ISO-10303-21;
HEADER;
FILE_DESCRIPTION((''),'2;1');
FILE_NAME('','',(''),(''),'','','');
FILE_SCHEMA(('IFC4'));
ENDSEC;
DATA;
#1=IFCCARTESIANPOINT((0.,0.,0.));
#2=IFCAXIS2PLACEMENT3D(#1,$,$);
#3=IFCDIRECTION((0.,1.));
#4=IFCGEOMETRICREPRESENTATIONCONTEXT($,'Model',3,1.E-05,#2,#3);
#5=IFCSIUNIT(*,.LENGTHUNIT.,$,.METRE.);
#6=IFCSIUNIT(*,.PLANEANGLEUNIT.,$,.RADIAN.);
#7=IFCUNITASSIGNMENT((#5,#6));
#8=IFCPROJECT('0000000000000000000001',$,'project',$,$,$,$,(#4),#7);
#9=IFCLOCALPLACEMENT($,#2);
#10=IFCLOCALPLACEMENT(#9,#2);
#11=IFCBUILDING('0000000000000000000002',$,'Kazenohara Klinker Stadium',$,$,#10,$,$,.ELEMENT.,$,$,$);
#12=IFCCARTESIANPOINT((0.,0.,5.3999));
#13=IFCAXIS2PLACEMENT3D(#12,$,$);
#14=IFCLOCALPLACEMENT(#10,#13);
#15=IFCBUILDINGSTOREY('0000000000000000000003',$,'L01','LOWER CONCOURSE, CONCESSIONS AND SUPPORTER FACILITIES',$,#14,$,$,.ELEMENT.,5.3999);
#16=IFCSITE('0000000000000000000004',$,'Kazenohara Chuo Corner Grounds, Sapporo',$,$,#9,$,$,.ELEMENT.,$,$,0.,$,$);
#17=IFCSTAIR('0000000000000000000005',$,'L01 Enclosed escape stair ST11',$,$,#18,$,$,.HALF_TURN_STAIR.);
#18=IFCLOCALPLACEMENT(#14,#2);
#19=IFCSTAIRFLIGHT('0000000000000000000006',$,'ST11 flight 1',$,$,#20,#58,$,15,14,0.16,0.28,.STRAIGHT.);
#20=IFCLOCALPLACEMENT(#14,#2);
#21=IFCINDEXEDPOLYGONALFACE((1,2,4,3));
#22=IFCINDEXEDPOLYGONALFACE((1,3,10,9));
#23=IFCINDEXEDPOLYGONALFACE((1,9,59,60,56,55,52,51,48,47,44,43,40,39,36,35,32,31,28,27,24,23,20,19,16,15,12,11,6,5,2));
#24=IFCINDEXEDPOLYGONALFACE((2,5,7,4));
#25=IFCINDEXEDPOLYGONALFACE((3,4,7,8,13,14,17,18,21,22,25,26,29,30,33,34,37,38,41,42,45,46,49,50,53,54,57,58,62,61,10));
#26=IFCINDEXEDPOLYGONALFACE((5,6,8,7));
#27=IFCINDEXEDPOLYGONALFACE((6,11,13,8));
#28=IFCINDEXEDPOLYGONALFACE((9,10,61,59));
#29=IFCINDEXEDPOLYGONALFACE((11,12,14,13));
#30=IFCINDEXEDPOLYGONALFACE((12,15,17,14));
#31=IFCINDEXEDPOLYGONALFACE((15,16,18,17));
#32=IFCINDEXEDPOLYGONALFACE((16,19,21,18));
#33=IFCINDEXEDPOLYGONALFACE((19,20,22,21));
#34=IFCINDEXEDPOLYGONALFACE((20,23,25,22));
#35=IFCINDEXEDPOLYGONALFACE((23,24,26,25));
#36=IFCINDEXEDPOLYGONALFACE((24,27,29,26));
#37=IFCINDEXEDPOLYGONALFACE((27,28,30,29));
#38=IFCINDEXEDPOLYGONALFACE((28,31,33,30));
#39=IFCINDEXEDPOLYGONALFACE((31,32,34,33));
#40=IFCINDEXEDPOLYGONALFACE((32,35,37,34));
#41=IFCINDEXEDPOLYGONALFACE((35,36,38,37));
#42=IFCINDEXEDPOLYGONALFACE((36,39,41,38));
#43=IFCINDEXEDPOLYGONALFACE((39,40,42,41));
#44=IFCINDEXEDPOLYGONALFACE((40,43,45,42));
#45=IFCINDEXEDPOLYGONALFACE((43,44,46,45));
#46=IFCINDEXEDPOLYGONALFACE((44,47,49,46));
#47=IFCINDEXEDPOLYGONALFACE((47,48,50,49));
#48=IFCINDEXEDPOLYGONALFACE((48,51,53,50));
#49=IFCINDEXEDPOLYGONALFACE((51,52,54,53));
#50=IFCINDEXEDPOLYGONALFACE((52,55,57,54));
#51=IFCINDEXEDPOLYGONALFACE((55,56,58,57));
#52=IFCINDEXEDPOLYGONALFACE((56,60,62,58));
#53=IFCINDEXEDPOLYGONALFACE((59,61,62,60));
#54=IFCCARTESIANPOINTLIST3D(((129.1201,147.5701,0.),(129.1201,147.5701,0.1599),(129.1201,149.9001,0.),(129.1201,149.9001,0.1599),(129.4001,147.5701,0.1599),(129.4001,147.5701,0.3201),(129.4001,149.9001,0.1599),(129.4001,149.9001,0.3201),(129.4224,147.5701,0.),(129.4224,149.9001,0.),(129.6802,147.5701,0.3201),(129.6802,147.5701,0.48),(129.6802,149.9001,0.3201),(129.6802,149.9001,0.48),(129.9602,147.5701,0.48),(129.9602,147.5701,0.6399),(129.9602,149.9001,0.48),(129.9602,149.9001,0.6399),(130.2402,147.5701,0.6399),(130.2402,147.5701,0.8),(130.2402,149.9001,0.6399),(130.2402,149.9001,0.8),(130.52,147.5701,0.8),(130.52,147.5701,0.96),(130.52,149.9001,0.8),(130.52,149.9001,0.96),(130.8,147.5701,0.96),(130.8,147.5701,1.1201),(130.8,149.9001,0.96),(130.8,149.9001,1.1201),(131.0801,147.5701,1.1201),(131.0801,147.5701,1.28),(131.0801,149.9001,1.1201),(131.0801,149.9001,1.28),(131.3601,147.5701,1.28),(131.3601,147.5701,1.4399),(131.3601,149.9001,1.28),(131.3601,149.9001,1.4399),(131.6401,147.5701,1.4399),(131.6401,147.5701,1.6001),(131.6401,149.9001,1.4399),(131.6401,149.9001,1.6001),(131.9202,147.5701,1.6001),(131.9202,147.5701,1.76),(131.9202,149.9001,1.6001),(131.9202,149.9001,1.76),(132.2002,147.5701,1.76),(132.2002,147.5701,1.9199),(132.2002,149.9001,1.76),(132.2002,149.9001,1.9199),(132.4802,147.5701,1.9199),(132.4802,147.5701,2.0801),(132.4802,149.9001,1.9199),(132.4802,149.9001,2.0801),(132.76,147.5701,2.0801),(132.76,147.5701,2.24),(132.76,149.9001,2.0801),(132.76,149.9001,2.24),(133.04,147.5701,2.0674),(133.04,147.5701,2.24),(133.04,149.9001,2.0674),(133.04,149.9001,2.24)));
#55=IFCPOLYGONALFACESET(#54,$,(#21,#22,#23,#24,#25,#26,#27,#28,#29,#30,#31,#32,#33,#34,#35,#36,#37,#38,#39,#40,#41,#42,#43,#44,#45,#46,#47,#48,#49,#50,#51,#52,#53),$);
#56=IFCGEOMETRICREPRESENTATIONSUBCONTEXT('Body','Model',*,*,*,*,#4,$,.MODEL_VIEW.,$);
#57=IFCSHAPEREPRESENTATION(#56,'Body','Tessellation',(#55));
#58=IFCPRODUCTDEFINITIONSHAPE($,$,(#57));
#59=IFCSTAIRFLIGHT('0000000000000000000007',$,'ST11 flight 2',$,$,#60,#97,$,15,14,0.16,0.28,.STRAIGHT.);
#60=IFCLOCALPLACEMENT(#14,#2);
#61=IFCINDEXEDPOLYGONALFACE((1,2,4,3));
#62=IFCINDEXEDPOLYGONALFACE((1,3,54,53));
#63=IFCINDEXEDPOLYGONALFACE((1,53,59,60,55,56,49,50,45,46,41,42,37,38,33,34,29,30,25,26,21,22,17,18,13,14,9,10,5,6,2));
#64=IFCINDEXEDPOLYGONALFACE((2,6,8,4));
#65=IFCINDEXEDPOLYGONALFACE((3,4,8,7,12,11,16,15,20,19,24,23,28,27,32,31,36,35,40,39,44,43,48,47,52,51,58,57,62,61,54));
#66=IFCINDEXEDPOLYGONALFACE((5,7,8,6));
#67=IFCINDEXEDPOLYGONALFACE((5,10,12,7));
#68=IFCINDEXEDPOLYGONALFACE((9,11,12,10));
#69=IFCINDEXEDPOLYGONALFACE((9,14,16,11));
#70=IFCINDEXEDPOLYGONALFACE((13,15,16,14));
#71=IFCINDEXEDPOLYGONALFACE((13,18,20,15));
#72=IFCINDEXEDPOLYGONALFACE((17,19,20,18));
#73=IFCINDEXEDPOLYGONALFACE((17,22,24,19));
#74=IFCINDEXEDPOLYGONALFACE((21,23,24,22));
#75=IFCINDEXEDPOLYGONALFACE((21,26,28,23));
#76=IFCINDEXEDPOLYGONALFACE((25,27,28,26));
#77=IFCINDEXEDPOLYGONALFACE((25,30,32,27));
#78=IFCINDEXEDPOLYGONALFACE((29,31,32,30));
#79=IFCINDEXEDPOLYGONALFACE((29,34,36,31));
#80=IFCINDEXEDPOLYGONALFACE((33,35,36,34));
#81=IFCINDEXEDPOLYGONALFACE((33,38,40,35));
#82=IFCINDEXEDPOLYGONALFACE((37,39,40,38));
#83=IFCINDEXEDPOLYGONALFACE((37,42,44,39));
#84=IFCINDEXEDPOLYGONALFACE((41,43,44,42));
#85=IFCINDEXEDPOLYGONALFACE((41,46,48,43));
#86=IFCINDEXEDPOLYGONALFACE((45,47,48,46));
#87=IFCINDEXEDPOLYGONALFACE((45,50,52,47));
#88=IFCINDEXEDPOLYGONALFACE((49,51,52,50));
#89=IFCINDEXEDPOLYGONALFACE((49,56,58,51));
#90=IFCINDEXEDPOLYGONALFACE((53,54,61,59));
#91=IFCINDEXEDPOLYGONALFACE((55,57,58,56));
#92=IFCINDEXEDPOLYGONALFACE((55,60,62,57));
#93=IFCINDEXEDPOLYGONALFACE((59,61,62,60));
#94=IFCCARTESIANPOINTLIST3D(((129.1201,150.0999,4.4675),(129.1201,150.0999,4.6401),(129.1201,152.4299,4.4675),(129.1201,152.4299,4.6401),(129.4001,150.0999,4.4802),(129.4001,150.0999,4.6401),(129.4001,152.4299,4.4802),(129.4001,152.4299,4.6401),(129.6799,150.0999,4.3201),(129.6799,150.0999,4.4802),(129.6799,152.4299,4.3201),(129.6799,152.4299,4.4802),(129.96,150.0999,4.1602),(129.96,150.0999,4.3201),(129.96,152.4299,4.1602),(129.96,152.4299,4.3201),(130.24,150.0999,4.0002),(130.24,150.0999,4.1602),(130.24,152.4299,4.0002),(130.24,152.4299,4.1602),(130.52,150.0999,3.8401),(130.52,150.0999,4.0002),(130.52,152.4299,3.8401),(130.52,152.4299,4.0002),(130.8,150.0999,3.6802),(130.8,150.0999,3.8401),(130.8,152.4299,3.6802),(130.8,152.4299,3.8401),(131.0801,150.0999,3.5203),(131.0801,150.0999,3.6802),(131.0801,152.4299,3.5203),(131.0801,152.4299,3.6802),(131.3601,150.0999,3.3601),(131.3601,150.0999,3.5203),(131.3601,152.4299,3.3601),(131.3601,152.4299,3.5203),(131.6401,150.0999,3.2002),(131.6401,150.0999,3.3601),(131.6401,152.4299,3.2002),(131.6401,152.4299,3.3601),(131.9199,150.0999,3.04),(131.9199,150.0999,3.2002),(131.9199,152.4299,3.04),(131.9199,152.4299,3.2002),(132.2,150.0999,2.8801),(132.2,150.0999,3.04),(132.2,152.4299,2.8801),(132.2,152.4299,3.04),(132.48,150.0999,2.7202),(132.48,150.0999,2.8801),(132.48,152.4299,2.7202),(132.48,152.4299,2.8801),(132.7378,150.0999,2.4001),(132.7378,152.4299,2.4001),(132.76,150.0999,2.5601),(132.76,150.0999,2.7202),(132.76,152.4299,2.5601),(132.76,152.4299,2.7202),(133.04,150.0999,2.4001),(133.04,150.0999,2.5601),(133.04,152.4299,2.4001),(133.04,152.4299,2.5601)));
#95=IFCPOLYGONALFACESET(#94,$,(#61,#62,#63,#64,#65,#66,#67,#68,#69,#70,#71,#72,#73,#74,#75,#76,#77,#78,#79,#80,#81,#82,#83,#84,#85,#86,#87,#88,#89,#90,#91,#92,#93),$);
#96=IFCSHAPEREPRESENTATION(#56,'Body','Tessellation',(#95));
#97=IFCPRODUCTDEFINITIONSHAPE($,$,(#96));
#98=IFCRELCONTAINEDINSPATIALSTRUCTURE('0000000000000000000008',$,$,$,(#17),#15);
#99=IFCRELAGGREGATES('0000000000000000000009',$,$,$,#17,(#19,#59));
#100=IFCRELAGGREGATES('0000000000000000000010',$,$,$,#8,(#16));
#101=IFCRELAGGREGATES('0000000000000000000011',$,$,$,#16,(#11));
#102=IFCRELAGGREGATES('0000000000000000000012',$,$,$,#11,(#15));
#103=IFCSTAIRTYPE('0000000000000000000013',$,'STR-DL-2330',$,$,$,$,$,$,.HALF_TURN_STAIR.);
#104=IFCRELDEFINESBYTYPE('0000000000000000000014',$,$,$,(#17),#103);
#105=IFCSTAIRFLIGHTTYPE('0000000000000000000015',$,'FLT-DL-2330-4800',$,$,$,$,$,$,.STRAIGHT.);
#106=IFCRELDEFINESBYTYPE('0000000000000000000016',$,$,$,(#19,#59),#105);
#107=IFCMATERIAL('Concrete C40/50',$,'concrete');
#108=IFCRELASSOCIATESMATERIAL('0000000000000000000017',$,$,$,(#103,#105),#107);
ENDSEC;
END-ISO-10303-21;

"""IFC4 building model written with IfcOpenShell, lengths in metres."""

from ifc_helpers import new_model, si_unit, direction, frame, origin, place, context, subcontext, project, spatial, polyline, outline, extrude, material, type_object, element, aggregate, save


model = new_model("IFC4")

# Units and contexts
model_context = context("Model", 3, precision=1e-05, world=origin(), true_north=direction((0.0, 1.0)))
body_context = subcontext(model_context, "Body", "Model", "MODEL_VIEW")
ifc_project = project(units=[si_unit("LENGTHUNIT", "METRE"), si_unit("PLANEANGLEUNIT", "RADIAN")], contexts=[model_context])

# Site, building, storey
site_placement = place(None, origin())
site = spatial("IfcSite", under=ifc_project, at=site_placement, Name="Kazenohara Chuo Corner Grounds, Sapporo", CompositionType="ELEMENT", RefElevation=0.0)
building_placement = place(site_placement, origin())
building = spatial("IfcBuilding", under=site, at=building_placement, Name="Kazenohara Klinker Stadium", CompositionType="ELEMENT")
storey_placement = place(building_placement, frame((0.0, 0.0, 5.3999)))
storey = spatial("IfcBuildingStorey", under=building, at=storey_placement, Name="L01", Description="LOWER CONCOURSE, CONCESSIONS AND SUPPORTER FACILITIES", CompositionType="ELEMENT", Elevation=5.3999)

# Shared definitions
ifc_material_1 = material(Name="Concrete C40/50", Category="concrete")

# Stair, stair flights
stair_type = type_object("IfcStairType", Name="STR-DL-2330", PredefinedType="HALF_TURN_STAIR", material=ifc_material_1)
stair_placement = place(storey_placement, origin())
stair = element("IfcStair", 1, at=stair_placement, inside=storey, type_object=stair_type, Name="L01 Enclosed escape stair ST11", PredefinedType="HALF_TURN_STAIR")
stair_flight_type = type_object("IfcStairFlightType", Name="FLT-DL-2330-4800", PredefinedType="STRAIGHT", material=ifc_material_1)
stair_flight_1_placement = place(storey_placement, frame((129.1201, 148.7351, 0.0), z_axis=(0.0, 0.0, 1.0), x_axis=(1.0, 0.0, 0.0)))
stair_flight_1 = element("IfcStairFlight", 2, at=stair_flight_1_placement, type_object=stair_flight_type, Name="ST11 flight 1", NumberOfRisers=15, NumberOfTreads=14, PredefinedType="STRAIGHT", RiserHeight=0.16, TreadLength=0.28, context=body_context, shape_type="SweptSolid", body=[
    extrude(outline(polyline([(0.0, 0.0), (0.0, 0.1599), (0.28, 0.1599), (0.28, 0.3201), (0.5601, 0.3201), (0.5601, 0.48), (0.8401, 0.48), (0.8401, 0.6399), (1.1201, 0.6399), (1.1201, 0.8), (1.3999, 0.8), (1.3999, 0.96), (1.6799, 0.96), (1.6799, 1.1201), (1.96, 1.1201), (1.96, 1.28), (2.24, 1.28), (2.24, 1.4399), (2.52, 1.4399), (2.52, 1.6001), (2.8, 1.6001), (2.8, 1.76), (3.0801, 1.76), (3.0801, 1.9199), (3.3601, 1.9199), (3.3601, 2.0801), (3.6399, 2.0801), (3.6399, 2.24), (3.9199, 2.24), (3.9199, 2.3999), (3.9199, 2.0674), (0.3022, 0.0), (0.0, 0.0)])), frame((0.0, 1.165, 0.0), z_axis=(0.0, -1.0, 0.0), x_axis=(1.0, 0.0, 0.0)), (0.0, 0.0, 1.0), 2.3301),
])
stair_flight_2_placement = place(storey_placement, frame((133.04, 151.2649, 2.4001), z_axis=(0.0, 0.0, 1.0), x_axis=(-1.0, 0.0, 0.0)))
stair_flight_2 = element("IfcStairFlight", 3, at=stair_flight_2_placement, type_object=stair_flight_type, Name="ST11 flight 2", NumberOfRisers=15, NumberOfTreads=14, PredefinedType="STRAIGHT", RiserHeight=0.16, TreadLength=0.28, context=body_context, shape_type="SweptSolid", body=[
    extrude(outline(polyline([(0.0, 0.0), (0.0, 0.1599), (0.28, 0.1599), (0.28, 0.3201), (0.5601, 0.3201), (0.5601, 0.48), (0.8401, 0.48), (0.8401, 0.6399), (1.1201, 0.6399), (1.1201, 0.8), (1.3999, 0.8), (1.3999, 0.96), (1.6799, 0.96), (1.6799, 1.1201), (1.96, 1.1201), (1.96, 1.28), (2.24, 1.28), (2.24, 1.4399), (2.52, 1.4399), (2.52, 1.6001), (2.8, 1.6001), (2.8, 1.76), (3.0801, 1.76), (3.0801, 1.9199), (3.3601, 1.9199), (3.3601, 2.0801), (3.6399, 2.0801), (3.6399, 2.24), (3.9199, 2.24), (3.9199, 2.3999), (3.9199, 2.0674), (0.3022, 0.0), (0.0, 0.0)])), frame((0.0, 1.165, 0.0), z_axis=(0.0, -1.0, 0.0), x_axis=(1.0, 0.0, 0.0)), (0.0, 0.0, 1.0), 2.3301),
])
aggregate(stair, [stair_flight_1, stair_flight_2])

save(model, "model.ifc")
